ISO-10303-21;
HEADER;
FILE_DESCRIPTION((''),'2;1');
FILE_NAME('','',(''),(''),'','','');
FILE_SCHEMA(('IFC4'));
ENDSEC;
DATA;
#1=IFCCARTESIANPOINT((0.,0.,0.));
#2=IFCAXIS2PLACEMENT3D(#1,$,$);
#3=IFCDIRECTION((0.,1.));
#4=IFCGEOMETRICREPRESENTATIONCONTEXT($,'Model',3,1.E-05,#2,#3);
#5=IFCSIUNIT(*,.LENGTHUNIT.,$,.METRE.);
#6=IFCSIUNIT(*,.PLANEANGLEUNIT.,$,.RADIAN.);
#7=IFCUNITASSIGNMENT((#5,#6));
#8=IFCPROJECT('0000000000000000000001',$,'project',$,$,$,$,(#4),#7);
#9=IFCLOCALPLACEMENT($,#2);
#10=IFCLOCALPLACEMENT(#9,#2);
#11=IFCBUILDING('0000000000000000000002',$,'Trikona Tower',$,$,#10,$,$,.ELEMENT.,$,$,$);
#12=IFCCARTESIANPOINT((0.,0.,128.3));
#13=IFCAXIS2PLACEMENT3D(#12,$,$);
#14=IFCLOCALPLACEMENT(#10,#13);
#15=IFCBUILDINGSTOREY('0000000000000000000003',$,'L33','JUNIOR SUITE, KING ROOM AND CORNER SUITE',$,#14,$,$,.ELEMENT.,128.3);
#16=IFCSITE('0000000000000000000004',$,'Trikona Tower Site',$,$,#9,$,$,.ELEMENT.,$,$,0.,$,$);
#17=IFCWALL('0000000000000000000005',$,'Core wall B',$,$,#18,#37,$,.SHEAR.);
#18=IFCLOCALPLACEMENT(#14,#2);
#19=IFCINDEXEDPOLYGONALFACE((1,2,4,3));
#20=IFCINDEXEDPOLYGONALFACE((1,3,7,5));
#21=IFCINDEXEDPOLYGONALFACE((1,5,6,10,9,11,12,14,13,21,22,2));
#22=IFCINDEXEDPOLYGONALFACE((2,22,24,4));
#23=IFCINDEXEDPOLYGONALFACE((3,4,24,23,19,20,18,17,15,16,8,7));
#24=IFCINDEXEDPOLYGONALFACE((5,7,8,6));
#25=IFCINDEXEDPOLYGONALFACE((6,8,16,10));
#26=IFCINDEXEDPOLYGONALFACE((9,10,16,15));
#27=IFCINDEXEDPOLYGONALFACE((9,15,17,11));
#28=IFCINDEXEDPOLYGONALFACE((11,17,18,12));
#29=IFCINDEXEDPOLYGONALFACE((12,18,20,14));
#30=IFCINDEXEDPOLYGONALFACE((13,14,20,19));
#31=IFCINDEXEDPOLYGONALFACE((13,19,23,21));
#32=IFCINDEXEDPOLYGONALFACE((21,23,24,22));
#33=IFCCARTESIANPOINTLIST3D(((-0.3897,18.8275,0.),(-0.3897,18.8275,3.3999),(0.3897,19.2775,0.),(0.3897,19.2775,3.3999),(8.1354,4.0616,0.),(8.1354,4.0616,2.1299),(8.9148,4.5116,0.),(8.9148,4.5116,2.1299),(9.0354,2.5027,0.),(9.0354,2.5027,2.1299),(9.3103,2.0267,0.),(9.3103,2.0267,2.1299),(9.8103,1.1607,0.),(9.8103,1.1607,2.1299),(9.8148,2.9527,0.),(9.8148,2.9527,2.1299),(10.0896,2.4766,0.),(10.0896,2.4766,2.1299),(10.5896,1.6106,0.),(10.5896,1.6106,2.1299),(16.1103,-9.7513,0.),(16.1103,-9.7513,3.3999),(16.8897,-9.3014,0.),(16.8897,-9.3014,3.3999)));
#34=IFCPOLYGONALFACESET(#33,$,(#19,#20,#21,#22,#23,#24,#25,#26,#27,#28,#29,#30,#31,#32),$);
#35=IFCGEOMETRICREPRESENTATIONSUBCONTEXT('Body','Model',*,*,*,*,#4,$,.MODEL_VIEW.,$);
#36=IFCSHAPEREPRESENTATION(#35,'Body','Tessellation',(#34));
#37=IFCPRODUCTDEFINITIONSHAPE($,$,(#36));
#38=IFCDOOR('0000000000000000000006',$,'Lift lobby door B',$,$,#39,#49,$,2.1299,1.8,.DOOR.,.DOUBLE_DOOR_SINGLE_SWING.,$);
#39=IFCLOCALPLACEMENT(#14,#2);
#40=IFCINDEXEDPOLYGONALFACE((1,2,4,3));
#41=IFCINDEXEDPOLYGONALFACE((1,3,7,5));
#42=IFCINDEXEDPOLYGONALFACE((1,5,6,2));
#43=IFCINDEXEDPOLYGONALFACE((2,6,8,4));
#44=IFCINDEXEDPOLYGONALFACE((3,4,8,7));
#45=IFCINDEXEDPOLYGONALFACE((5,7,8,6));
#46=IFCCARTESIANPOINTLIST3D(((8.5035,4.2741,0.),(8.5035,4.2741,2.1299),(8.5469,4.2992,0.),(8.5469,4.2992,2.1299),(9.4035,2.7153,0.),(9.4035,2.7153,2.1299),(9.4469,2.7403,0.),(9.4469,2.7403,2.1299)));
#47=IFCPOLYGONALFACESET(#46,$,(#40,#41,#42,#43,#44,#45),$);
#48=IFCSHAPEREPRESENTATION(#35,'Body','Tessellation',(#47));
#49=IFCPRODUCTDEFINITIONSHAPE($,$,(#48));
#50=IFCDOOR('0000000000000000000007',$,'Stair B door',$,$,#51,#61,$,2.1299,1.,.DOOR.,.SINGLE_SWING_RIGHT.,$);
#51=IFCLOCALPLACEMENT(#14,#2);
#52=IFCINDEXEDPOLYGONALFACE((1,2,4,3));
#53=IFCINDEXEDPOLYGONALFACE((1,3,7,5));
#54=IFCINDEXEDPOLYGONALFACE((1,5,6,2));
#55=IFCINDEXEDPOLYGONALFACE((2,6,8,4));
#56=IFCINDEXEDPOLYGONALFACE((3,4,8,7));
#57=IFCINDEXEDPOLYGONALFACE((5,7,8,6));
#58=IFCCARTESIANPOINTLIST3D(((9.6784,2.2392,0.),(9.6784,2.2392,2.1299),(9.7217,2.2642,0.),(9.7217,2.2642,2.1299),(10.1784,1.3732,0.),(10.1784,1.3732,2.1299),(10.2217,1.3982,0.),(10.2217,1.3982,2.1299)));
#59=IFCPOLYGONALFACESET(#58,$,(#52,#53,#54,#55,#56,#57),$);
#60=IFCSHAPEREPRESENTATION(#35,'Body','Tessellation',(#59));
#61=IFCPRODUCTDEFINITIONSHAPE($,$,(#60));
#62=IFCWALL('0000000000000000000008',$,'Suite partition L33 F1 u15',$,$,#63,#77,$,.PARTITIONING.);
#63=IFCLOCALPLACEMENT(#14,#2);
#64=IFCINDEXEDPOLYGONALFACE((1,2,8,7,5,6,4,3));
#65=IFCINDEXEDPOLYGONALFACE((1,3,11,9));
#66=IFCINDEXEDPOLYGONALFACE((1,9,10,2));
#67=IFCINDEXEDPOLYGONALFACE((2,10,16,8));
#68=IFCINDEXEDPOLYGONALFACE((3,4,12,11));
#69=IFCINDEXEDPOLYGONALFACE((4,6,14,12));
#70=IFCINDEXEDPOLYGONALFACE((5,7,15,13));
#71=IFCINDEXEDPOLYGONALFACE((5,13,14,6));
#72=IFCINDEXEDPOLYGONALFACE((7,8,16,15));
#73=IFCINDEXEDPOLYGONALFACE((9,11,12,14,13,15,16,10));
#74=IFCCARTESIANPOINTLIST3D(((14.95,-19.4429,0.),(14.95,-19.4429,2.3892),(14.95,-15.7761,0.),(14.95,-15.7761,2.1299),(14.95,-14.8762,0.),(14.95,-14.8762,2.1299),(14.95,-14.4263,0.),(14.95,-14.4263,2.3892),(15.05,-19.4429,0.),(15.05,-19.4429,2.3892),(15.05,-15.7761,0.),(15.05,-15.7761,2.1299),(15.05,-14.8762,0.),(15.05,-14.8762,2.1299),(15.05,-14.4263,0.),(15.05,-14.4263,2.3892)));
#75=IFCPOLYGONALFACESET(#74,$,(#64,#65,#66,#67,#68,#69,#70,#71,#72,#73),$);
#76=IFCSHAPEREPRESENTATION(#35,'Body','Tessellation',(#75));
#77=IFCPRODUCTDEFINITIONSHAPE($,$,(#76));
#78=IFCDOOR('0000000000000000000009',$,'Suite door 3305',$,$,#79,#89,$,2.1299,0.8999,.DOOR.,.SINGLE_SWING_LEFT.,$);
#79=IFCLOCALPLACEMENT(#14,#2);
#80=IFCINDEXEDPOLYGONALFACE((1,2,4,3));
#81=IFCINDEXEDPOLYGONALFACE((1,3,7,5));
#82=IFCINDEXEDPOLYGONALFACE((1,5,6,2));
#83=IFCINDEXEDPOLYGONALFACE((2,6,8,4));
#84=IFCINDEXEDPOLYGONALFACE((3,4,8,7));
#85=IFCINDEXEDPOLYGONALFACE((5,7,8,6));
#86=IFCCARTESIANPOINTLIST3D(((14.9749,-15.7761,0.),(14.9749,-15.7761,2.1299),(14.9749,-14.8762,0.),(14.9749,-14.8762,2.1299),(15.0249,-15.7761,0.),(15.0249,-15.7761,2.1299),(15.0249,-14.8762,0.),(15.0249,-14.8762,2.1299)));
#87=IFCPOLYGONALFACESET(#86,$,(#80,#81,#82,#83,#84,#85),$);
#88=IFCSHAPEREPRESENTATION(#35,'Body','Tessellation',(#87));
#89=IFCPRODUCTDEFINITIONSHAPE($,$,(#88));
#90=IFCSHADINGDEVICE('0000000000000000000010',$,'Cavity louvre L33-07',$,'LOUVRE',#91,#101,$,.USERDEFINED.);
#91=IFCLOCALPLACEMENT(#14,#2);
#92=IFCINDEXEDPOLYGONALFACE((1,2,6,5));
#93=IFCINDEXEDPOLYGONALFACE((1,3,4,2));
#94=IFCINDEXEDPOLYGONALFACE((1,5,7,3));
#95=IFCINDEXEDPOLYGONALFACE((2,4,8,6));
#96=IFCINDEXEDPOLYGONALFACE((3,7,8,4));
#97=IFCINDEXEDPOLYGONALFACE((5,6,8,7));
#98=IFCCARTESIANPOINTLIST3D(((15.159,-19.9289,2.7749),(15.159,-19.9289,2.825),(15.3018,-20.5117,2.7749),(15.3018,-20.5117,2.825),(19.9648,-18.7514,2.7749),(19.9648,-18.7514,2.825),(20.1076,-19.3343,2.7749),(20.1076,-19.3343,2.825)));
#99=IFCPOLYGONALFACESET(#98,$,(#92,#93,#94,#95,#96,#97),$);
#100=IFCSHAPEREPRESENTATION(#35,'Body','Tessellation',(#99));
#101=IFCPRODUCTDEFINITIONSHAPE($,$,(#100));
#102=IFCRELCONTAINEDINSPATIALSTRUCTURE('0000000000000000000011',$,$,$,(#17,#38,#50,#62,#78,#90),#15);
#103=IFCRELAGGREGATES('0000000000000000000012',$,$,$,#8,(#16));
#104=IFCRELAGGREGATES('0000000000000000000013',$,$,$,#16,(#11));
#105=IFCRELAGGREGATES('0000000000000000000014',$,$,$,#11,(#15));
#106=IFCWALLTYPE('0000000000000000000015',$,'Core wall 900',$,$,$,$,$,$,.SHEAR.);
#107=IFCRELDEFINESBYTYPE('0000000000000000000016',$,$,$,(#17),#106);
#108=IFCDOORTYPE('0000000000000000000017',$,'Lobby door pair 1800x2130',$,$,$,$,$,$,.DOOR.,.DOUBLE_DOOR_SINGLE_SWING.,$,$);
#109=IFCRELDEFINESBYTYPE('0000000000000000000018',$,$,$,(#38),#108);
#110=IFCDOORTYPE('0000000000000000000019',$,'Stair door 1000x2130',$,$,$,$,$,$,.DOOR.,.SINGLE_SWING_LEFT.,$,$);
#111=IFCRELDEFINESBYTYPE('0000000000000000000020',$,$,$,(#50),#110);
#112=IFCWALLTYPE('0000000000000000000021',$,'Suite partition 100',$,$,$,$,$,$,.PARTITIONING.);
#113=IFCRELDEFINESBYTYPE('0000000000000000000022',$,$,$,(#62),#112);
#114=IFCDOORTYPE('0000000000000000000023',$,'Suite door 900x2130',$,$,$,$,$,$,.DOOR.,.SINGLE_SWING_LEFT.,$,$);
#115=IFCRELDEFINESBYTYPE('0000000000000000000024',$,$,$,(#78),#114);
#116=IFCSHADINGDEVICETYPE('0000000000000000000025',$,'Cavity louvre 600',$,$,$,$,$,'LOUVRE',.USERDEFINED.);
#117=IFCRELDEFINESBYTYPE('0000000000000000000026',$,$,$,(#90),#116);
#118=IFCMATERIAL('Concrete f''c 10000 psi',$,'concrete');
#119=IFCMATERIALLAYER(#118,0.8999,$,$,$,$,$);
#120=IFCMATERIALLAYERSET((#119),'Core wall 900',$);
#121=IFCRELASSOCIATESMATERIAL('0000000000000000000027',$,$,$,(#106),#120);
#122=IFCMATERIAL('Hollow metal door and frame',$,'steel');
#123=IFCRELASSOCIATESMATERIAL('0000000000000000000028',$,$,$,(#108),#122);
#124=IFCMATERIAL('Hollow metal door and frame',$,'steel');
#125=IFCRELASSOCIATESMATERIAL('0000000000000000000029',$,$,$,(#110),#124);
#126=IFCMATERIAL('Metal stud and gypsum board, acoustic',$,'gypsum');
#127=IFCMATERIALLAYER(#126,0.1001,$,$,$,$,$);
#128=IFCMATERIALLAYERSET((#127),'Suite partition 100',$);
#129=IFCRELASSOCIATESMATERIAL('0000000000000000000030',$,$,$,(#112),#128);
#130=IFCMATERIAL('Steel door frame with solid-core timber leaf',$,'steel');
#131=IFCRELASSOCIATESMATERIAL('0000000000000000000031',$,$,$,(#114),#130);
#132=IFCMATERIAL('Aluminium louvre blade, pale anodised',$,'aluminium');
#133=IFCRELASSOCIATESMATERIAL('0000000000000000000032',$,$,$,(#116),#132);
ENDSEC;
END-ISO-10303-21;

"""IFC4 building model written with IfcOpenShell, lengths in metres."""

from ifc_helpers import new_model, si_unit, direction, frame, frame_2d, origin, origin_2d, place, context, subcontext, project, spatial, rectangle, extrude, material, layer, layer_set, type_object, element, fill, save


model = new_model("IFC4")

# Units and contexts
model_context = context("Model", 3, precision=1e-05, world=origin(), true_north=direction((0.0, 1.0)))
body_context = subcontext(model_context, "Body", "Model", "MODEL_VIEW")
ifc_project = project(units=[si_unit("LENGTHUNIT", "METRE"), si_unit("PLANEANGLEUNIT", "RADIAN")], contexts=[model_context])

# Site, building, storey
site_placement = place(None, origin())
site = spatial("IfcSite", under=ifc_project, at=site_placement, Name="Trikona Tower Site", CompositionType="ELEMENT", RefElevation=0.0)
building_placement = place(site_placement, origin())
building = spatial("IfcBuilding", under=site, at=building_placement, Name="Trikona Tower", CompositionType="ELEMENT")
storey_placement = place(building_placement, frame((0.0, 0.0, 128.3)))
storey = spatial("IfcBuildingStorey", under=building, at=storey_placement, Name="L33", Description="JUNIOR SUITE, KING ROOM AND CORNER SUITE", CompositionType="ELEMENT", Elevation=128.3)

# Wall, openings, doors
ifc_material_1 = material(Name="Concrete f'c 10000 psi", Category="concrete")
ifc_layer_1 = layer(ifc_material_1, 0.8999)
ifc_layer_set_1 = layer_set([ifc_layer_1], Name="Core wall 900")
wall_type_1 = type_object("IfcWallType", Name="Core wall 900", PredefinedType="SHEAR", material=ifc_layer_set_1)
wall_1_placement = place(storey_placement, frame((16.5, -9.5264, 0.0), z_axis=(0.0, 0.0, 1.0), x_axis=(-0.5, 0.866026, 0.0)))
wall_1 = element("IfcWall", 1, at=wall_1_placement, inside=storey, type_object=wall_type_1, Name="Core wall B", PredefinedType="SHEAR", context=body_context, shape_type="SweptSolid", body=[
    extrude(rectangle(XDim=33.0, YDim=0.8999, at=frame_2d((16.5, 0.0))), origin(), (0.0, 0.0, 1.0), 3.3999),
])
opening_1_placement = place(wall_1_placement, frame((14.1499, 0.0, 0.0)))
opening_1 = element("IfcOpeningElement", 2, at=opening_1_placement, cuts=wall_1, PredefinedType="OPENING", context=body_context, shape_type="SweptSolid", body=[
    extrude(rectangle(XDim=1.8, YDim=2.1299, at=frame_2d((0.8999, 1.0649))), frame((0.0, 0.46, 0.0), z_axis=(0.0, -1.0, 0.0), x_axis=(1.0, 0.0, 0.0)), (0.0, 0.0, 1.0), 0.9199),
])
opening_2_placement = place(wall_1_placement, frame((12.6001, 0.0, 0.0)))
opening_2 = element("IfcOpeningElement", 3, at=opening_2_placement, cuts=wall_1, PredefinedType="OPENING", context=body_context, shape_type="SweptSolid", body=[
    extrude(rectangle(XDim=1.0, YDim=2.1299, at=frame_2d((0.5, 1.0649))), frame((0.0, 0.46, 0.0), z_axis=(0.0, -1.0, 0.0), x_axis=(1.0, 0.0, 0.0)), (0.0, 0.0, 1.0), 0.9199),
])
ifc_material_2 = material(Name="Hollow metal door and frame", Category="steel")
door_type_1 = type_object("IfcDoorType", Name="Lobby door pair 1800x2130", OperationType="DOUBLE_DOOR_SINGLE_SWING", PredefinedType="DOOR", material=ifc_material_2)
door_1_placement = place(opening_1_placement, origin())
door_1 = element("IfcDoor", 4, at=door_1_placement, inside=storey, type_object=door_type_1, Name="Lift lobby door B", OperationType="DOUBLE_DOOR_SINGLE_SWING", OverallHeight=2.1299, OverallWidth=1.8, PredefinedType="DOOR", context=body_context, shape_type="SweptSolid", body=[
    extrude(rectangle(XDim=1.8, YDim=2.1299, at=frame_2d((0.8999, 1.0649))), frame((0.0, 0.0249, 0.0), z_axis=(0.0, -1.0, 0.0), x_axis=(1.0, 0.0, 0.0)), (0.0, 0.0, 1.0), 0.05),
])
fill(opening_1, door_1)
ifc_material_3 = material(Name="Hollow metal door and frame", Category="steel")
door_type_2 = type_object("IfcDoorType", Name="Stair door 1000x2130", OperationType="SINGLE_SWING_LEFT", PredefinedType="DOOR", material=ifc_material_3)
door_2_placement = place(opening_2_placement, origin())
door_2 = element("IfcDoor", 5, at=door_2_placement, inside=storey, type_object=door_type_2, Name="Stair B door", OperationType="SINGLE_SWING_RIGHT", OverallHeight=2.1299, OverallWidth=1.0, PredefinedType="DOOR", context=body_context, shape_type="SweptSolid", body=[
    extrude(rectangle(XDim=1.0, YDim=2.1299, at=frame_2d((0.5, 1.0649))), frame((0.0, 0.0249, 0.0), z_axis=(0.0, -1.0, 0.0), x_axis=(1.0, 0.0, 0.0)), (0.0, 0.0, 1.0), 0.05),
])
fill(opening_2, door_2)

# Wall, opening, door
ifc_material_4 = material(Name="Metal stud and gypsum board, acoustic", Category="gypsum")
ifc_layer_2 = layer(ifc_material_4, 0.1001)
ifc_layer_set_2 = layer_set([ifc_layer_2], Name="Suite partition 100")
wall_type_2 = type_object("IfcWallType", Name="Suite partition 100", PredefinedType="PARTITIONING", material=ifc_layer_set_2)
wall_2_placement = place(storey_placement, frame((15.0, -14.4263, 0.0), z_axis=(0.0, 0.0, 1.0), x_axis=(0.0, -1.0, 0.0)))
wall_2 = element("IfcWall", 6, at=wall_2_placement, inside=storey, type_object=wall_type_2, Name="Suite partition L33 F1 u15", PredefinedType="PARTITIONING", context=body_context, shape_type="SweptSolid", body=[
    extrude(rectangle(XDim=5.0166, YDim=0.1001, at=frame_2d((2.5083, 0.0))), origin(), (0.0, 0.0, 1.0), 2.3892),
])
opening_3_placement = place(wall_2_placement, frame((0.45, 0.0, 0.0)))
opening_3 = element("IfcOpeningElement", 7, at=opening_3_placement, cuts=wall_2, PredefinedType="OPENING", context=body_context, shape_type="SweptSolid", body=[
    extrude(rectangle(XDim=0.8999, YDim=2.1299, at=frame_2d((0.45, 1.0649))), frame((0.0, 0.0601, 0.0), z_axis=(0.0, -1.0, 0.0), x_axis=(1.0, 0.0, 0.0)), (0.0, 0.0, 1.0), 0.1201),
])
ifc_material_5 = material(Name="Steel door frame with solid-core timber leaf", Category="steel")
door_type_3 = type_object("IfcDoorType", Name="Suite door 900x2130", OperationType="SINGLE_SWING_LEFT", PredefinedType="DOOR", material=ifc_material_5)
door_3_placement = place(opening_3_placement, origin())
door_3 = element("IfcDoor", 8, at=door_3_placement, inside=storey, type_object=door_type_3, Name="Suite door 3305", OperationType="SINGLE_SWING_LEFT", OverallHeight=2.1299, OverallWidth=0.8999, PredefinedType="DOOR", context=body_context, shape_type="SweptSolid", body=[
    extrude(rectangle(XDim=0.8999, YDim=2.1299, at=frame_2d((0.45, 1.0649))), frame((0.0, 0.0249, 0.0), z_axis=(0.0, -1.0, 0.0), x_axis=(1.0, 0.0, 0.0)), (0.0, 0.0, 1.0), 0.05),
])
fill(opening_3, door_3)

# Shading device
ifc_material_6 = material(Name="Aluminium louvre blade, pale anodised", Category="aluminium")
shading_device_type = type_object("IfcShadingDeviceType", Name="Cavity louvre 600", ElementType="LOUVRE", PredefinedType="USERDEFINED", material=ifc_material_6)
shading_device_placement = place(storey_placement, frame((17.6333, -19.6316, 2.7749), z_axis=(0.0, 0.0, 1.0), x_axis=(0.971274, 0.237962, 0.0)))
element("IfcShadingDevice", 9, at=shading_device_placement, inside=storey, type_object=shading_device_type, Name="Cavity louvre L33-07", ObjectType="LOUVRE", PredefinedType="USERDEFINED", context=body_context, shape_type="SweptSolid", body=[
    extrude(rectangle(XDim=4.948, YDim=0.6001, at=origin_2d()), origin(), (0.0, 0.0, 1.0), 0.05),
])

save(model, "model.ifc")
